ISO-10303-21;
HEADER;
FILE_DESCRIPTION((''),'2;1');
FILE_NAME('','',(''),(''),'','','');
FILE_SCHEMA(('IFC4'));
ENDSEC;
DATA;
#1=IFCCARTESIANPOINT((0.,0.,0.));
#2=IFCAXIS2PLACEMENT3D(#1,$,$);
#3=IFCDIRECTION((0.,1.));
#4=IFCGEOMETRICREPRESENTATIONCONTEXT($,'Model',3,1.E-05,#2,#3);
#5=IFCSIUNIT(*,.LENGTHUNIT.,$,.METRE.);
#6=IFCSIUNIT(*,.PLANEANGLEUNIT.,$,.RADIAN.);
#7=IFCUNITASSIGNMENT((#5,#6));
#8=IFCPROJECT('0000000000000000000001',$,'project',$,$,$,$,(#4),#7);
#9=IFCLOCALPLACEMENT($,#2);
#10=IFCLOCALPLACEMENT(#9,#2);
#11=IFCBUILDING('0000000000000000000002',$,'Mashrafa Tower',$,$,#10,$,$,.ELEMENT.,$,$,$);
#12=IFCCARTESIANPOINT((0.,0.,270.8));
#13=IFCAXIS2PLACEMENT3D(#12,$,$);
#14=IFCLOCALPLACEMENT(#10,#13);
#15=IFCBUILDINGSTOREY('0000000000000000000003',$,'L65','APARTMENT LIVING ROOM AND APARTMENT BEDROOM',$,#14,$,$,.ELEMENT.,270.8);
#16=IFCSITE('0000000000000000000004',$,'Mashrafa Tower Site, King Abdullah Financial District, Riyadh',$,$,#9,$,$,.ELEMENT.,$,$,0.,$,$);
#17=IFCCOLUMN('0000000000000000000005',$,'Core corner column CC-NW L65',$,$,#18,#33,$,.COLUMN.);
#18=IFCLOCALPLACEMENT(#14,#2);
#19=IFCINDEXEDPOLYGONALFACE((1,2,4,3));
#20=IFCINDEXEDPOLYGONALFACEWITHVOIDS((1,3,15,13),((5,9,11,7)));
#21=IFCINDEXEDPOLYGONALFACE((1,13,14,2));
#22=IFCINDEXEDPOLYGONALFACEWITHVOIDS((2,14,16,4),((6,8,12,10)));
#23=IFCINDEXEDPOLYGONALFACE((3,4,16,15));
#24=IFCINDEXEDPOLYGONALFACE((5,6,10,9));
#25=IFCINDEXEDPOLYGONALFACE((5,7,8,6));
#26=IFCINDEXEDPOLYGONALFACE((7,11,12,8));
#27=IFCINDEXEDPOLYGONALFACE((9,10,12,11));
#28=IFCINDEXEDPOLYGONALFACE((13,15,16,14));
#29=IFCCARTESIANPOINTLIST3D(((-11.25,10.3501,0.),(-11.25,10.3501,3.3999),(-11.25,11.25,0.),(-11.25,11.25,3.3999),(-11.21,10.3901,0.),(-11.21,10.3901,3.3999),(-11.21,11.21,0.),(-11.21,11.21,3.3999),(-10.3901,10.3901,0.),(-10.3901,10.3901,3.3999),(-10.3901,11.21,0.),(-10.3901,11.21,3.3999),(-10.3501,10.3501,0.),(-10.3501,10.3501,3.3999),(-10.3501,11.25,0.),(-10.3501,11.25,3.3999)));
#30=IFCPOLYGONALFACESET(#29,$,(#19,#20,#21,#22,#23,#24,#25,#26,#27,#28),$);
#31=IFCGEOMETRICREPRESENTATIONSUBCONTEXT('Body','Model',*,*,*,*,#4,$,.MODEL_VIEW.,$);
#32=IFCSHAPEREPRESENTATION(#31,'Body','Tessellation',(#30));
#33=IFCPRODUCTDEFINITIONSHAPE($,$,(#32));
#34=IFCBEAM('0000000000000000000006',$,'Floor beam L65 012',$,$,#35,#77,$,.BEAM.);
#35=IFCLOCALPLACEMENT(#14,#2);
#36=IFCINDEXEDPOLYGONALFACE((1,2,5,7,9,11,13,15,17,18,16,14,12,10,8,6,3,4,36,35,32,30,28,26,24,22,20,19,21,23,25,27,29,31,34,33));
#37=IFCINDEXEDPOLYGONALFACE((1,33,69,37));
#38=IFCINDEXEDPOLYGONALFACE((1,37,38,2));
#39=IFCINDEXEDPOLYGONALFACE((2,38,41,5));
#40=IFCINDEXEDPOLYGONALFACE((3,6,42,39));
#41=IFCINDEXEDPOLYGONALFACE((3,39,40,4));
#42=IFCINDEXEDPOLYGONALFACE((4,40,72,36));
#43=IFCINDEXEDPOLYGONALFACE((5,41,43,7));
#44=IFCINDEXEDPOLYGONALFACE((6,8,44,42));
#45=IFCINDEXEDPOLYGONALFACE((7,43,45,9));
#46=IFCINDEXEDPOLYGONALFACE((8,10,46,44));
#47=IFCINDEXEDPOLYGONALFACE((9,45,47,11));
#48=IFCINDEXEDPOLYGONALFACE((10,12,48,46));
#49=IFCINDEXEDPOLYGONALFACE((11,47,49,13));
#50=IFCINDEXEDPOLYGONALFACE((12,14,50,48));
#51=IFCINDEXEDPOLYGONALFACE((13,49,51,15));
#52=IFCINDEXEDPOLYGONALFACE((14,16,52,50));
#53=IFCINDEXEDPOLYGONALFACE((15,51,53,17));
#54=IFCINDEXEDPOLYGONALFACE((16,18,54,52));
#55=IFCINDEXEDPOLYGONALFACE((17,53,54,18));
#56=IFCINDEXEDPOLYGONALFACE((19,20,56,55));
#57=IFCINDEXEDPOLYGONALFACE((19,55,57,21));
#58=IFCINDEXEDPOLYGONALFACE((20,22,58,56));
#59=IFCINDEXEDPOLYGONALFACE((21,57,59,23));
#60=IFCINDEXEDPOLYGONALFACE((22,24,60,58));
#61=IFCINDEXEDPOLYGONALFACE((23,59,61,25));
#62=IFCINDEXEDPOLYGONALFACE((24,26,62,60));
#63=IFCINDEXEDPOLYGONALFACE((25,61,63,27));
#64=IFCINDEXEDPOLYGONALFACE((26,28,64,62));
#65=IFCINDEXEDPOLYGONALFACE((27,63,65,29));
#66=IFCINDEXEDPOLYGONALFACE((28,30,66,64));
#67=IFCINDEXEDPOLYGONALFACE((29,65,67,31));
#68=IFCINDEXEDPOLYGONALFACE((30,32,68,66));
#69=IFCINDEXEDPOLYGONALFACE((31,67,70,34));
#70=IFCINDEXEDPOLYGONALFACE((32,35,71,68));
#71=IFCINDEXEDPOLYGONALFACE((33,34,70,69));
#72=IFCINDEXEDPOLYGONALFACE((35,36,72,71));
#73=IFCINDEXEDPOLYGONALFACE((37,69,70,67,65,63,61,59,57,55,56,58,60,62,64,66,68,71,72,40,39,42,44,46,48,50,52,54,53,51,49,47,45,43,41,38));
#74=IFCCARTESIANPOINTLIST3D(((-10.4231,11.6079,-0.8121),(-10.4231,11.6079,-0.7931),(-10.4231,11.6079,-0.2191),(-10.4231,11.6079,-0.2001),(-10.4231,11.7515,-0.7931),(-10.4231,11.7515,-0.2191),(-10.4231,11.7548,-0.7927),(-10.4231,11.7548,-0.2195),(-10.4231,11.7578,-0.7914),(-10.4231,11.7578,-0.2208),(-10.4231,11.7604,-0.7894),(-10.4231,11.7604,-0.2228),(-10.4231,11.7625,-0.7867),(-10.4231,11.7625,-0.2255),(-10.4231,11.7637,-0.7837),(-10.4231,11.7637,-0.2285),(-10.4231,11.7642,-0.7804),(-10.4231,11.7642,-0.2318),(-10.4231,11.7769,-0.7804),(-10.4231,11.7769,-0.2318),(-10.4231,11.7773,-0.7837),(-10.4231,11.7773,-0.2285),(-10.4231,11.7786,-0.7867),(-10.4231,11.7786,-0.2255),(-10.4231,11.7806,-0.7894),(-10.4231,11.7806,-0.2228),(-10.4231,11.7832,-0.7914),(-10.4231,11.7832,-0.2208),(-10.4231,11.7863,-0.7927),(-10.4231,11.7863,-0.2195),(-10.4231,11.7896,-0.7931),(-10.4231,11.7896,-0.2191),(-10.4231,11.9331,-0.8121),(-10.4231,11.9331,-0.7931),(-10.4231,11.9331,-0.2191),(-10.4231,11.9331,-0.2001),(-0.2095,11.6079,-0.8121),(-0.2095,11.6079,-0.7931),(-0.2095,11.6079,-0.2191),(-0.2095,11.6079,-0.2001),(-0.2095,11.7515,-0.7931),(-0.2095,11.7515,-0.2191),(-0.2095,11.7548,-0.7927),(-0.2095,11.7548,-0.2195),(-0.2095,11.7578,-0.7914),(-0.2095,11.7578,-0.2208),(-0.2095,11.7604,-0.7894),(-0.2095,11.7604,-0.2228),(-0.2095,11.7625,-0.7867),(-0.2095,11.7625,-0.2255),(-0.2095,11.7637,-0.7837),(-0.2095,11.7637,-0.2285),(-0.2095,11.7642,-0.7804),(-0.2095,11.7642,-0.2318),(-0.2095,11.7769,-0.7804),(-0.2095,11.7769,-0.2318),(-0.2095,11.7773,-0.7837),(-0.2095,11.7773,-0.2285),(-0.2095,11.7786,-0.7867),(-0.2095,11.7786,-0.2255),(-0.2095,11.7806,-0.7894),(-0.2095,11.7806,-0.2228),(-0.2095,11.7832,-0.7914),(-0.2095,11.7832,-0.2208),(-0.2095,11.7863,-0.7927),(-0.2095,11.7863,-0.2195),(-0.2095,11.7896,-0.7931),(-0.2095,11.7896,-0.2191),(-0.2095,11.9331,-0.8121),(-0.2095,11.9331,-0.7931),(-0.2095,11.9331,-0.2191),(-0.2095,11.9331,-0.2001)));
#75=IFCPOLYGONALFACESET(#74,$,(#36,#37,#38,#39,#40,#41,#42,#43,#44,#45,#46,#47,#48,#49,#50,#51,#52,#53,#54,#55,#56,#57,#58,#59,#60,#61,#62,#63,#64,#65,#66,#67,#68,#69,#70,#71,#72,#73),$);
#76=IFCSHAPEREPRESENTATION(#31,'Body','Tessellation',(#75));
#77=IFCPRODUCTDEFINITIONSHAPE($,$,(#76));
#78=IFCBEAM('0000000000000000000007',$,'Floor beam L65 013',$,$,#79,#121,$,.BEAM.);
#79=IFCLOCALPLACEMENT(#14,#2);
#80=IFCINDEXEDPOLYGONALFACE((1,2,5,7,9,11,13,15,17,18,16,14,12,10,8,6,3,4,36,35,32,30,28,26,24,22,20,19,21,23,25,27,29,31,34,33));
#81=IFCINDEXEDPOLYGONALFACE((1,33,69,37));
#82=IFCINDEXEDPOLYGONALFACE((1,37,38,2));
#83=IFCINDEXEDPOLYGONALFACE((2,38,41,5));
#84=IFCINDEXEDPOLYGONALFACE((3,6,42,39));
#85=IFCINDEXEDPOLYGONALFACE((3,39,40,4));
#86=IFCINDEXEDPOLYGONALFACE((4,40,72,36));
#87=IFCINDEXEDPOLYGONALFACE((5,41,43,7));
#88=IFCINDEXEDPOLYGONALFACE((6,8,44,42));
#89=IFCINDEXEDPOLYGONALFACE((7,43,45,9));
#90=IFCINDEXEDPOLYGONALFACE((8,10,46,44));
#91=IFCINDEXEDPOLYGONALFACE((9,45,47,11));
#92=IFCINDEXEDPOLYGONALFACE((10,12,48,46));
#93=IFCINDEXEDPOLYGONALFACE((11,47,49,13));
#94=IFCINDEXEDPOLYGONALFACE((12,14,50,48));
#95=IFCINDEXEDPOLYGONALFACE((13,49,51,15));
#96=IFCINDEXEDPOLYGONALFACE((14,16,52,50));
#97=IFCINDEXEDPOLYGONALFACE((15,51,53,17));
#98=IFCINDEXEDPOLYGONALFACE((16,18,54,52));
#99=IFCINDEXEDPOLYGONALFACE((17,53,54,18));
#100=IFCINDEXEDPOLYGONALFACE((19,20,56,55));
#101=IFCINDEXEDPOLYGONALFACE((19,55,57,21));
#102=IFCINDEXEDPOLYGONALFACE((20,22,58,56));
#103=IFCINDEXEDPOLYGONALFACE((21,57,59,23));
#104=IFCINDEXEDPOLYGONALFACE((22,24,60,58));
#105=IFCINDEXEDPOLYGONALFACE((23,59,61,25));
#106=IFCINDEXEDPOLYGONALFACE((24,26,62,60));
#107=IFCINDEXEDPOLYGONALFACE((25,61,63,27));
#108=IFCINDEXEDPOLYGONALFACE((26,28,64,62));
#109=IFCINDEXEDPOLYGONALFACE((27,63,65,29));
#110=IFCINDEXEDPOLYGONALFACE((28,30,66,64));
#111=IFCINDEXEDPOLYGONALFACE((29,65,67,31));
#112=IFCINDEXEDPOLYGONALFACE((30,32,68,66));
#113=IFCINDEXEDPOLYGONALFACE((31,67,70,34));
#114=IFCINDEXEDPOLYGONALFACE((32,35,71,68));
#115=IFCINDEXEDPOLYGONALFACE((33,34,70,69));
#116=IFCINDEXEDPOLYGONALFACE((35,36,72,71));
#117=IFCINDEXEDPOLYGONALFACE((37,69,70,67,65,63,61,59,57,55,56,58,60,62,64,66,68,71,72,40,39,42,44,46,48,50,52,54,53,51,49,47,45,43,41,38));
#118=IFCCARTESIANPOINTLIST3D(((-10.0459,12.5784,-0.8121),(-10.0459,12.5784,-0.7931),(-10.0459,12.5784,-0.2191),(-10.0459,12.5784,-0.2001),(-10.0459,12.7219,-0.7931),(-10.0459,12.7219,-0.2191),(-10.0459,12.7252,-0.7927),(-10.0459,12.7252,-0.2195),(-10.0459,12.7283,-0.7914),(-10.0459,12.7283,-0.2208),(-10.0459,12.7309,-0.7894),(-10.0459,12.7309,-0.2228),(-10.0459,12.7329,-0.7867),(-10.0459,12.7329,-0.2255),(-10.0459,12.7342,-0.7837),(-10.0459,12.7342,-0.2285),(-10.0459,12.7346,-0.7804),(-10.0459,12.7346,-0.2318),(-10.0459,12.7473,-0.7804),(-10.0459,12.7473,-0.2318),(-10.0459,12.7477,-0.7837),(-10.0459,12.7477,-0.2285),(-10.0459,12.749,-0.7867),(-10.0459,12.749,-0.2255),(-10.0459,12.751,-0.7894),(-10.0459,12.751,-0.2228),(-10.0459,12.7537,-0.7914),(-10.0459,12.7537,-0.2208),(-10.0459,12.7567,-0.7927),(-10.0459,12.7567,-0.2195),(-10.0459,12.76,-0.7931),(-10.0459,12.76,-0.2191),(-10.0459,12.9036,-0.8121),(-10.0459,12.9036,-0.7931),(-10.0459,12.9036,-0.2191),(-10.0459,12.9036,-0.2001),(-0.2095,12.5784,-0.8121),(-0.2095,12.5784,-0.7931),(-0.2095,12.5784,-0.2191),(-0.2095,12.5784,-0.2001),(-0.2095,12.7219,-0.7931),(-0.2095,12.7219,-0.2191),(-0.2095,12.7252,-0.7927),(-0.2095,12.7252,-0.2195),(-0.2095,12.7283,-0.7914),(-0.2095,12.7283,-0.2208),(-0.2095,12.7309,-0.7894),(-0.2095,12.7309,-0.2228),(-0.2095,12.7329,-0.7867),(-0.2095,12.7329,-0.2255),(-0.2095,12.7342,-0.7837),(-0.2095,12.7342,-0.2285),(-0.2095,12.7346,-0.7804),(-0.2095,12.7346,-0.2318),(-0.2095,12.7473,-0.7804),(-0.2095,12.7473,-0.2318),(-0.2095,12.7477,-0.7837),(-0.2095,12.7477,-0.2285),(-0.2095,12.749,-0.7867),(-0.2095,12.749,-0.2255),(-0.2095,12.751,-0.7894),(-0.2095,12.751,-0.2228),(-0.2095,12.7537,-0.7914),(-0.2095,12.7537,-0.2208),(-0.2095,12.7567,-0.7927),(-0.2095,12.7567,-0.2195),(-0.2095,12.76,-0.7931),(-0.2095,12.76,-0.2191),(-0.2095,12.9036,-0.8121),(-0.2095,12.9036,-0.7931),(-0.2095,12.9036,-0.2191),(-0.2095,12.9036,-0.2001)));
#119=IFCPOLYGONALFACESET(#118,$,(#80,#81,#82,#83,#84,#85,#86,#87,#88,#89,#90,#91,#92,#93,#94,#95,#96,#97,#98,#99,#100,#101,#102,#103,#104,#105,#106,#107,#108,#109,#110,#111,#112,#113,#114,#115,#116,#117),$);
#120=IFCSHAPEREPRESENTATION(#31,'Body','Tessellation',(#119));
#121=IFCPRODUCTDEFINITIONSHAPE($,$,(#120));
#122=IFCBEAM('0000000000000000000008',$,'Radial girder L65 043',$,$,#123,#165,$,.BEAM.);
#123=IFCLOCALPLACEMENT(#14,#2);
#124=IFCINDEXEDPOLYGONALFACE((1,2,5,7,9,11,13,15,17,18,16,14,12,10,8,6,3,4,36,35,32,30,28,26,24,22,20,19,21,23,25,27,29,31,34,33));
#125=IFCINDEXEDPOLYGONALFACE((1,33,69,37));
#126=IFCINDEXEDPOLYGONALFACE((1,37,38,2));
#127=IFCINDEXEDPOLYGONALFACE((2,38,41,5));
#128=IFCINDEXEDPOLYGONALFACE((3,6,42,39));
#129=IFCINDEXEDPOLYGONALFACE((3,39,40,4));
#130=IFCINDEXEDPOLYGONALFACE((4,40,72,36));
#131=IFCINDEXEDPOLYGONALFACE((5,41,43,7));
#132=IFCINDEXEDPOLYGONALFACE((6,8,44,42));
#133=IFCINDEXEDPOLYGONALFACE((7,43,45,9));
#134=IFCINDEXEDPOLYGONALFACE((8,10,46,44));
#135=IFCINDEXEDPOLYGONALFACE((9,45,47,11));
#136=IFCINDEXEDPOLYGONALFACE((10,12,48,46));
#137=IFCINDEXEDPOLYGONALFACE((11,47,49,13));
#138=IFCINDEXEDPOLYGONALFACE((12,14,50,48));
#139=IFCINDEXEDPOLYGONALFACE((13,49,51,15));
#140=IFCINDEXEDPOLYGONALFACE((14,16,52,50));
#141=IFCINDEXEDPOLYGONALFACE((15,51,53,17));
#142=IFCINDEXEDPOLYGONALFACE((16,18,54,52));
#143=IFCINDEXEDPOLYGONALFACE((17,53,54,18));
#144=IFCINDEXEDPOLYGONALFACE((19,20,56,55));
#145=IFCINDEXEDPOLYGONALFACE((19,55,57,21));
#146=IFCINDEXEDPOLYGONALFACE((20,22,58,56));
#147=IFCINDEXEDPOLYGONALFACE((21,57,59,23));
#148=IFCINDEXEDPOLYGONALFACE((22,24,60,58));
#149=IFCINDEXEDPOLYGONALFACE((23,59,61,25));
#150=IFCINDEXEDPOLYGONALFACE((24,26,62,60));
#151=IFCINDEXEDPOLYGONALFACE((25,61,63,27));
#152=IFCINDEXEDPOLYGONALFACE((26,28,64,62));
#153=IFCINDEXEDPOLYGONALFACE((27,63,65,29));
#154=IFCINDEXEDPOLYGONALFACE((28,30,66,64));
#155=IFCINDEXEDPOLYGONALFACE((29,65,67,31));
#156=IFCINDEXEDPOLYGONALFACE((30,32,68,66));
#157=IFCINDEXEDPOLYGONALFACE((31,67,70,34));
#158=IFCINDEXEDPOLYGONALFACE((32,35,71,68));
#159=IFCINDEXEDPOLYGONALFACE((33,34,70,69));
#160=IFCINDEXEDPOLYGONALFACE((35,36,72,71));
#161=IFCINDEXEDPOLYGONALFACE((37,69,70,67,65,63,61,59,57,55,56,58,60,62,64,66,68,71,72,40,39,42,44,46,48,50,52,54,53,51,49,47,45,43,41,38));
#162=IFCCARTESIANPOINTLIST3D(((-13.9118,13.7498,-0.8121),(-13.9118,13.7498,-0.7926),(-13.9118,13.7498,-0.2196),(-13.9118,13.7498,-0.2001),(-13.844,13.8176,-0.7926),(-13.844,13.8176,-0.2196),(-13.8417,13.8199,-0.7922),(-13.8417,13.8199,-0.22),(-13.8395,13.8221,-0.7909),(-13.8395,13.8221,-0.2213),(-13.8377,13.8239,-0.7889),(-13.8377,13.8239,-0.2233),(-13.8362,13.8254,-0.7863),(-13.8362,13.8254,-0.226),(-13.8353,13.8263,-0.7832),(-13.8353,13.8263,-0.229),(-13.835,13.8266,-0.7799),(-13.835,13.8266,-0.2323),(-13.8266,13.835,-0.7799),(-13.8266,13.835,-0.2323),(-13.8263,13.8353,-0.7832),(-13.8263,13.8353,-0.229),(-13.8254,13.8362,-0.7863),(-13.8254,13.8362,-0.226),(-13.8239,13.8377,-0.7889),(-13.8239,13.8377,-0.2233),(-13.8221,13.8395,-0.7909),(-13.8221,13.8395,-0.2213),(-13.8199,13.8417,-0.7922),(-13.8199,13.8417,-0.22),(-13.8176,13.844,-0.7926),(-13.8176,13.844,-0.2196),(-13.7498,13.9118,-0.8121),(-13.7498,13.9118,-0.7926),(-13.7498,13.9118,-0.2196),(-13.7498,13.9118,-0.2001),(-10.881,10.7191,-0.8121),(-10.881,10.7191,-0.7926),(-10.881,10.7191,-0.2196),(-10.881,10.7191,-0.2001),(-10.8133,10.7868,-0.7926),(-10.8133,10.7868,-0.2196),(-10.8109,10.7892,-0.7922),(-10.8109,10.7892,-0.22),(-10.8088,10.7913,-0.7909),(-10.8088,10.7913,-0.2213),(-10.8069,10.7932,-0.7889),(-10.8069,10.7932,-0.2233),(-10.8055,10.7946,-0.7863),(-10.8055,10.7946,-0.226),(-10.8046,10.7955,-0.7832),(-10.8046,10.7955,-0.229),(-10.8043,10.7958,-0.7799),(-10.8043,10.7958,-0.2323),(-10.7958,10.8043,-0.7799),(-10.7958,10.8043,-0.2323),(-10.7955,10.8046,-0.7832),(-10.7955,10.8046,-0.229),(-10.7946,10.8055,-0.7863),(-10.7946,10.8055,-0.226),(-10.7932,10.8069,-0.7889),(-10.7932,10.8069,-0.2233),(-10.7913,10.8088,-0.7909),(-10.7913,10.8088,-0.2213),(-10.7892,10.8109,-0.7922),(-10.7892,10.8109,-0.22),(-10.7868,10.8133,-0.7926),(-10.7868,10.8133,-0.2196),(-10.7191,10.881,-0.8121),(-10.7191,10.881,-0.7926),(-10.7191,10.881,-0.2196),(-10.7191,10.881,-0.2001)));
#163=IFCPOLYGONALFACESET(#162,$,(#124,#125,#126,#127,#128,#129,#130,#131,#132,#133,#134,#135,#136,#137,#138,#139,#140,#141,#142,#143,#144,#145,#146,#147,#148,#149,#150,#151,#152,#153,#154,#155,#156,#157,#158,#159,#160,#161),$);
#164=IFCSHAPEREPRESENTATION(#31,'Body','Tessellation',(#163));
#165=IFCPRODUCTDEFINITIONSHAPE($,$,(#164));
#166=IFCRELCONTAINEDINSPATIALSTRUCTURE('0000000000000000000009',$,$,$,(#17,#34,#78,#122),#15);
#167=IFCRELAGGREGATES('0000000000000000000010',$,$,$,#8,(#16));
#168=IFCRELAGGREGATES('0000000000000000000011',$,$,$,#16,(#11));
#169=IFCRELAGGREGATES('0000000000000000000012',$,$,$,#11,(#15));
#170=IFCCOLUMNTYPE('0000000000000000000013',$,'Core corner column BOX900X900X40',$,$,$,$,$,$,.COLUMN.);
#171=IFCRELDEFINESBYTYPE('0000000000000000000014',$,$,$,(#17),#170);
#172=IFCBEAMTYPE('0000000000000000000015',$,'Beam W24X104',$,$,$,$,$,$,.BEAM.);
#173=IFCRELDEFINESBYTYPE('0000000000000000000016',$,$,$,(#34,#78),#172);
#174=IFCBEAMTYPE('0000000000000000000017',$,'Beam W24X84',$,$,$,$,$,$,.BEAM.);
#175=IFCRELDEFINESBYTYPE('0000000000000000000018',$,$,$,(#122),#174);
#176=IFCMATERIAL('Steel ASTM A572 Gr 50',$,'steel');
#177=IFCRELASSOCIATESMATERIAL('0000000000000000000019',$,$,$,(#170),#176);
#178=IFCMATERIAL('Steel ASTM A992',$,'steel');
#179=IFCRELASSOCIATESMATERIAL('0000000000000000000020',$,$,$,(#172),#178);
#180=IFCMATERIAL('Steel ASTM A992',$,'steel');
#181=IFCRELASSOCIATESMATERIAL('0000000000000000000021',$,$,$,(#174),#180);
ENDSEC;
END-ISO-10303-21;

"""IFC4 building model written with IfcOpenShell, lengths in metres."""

from ifc_helpers import new_model, si_unit, direction, frame, origin, origin_2d, place, context, subcontext, project, spatial, hollow_rectangle, i_section, extrude, material, material_profile, profile_set, type_object, element, save


model = new_model("IFC4")

# Units and contexts
model_context = context("Model", 3, precision=1e-05, world=origin(), true_north=direction((0.0, 1.0)))
body_context = subcontext(model_context, "Body", "Model", "MODEL_VIEW")
ifc_project = project(units=[si_unit("LENGTHUNIT", "METRE"), si_unit("PLANEANGLEUNIT", "RADIAN")], contexts=[model_context])

# Site, building, storey
site_placement = place(None, origin())
site = spatial("IfcSite", under=ifc_project, at=site_placement, Name="Mashrafa Tower Site, King Abdullah Financial District, Riyadh", CompositionType="ELEMENT", RefElevation=0.0)
building_placement = place(site_placement, origin())
building = spatial("IfcBuilding", under=site, at=building_placement, Name="Mashrafa Tower", CompositionType="ELEMENT")
storey_placement = place(building_placement, frame((0.0, 0.0, 270.8)))
storey = spatial("IfcBuildingStorey", under=building, at=storey_placement, Name="L65", Description="APARTMENT LIVING ROOM AND APARTMENT BEDROOM", CompositionType="ELEMENT", Elevation=270.8)

# Column
ifc_material_1 = material(Name="Steel ASTM A572 Gr 50", Category="steel")
ifc_material_profile_1 = material_profile(ifc_material_1, hollow_rectangle(XDim=0.8999, YDim=0.8999, WallThickness=0.04, at=origin_2d()), Name="BOX900X900X40")
ifc_profile_set_1 = profile_set([ifc_material_profile_1], Name="Steel ASTM A572 Gr 50")
column_type = type_object("IfcColumnType", Name="Core corner column BOX900X900X40", PredefinedType="COLUMN", material=ifc_profile_set_1)
column_placement = place(storey_placement, frame((-10.8, 10.8, 0.0), z_axis=(0.0, 0.0, 1.0), x_axis=(1.0, 0.0, 0.0)))
element("IfcColumn", 1, at=column_placement, inside=storey, type_object=column_type, Name="Core corner column CC-NW L65", PredefinedType="COLUMN", context=body_context, shape_type="SweptSolid", body=[
    extrude(hollow_rectangle(XDim=0.8999, YDim=0.8999, WallThickness=0.04, at=origin_2d()), origin(), (0.0, 0.0, 1.0), 3.3999),
])

# Beams
ifc_material_2 = material(Name="Steel ASTM A992", Category="steel")
ifc_material_profile_2 = material_profile(ifc_material_2, i_section(OverallWidth=0.3252, OverallDepth=0.6121, WebThickness=0.0127, FlangeThickness=0.019, FilletRadius=0.0127, at=origin_2d()), Name="W24X104")
ifc_profile_set_2 = profile_set([ifc_material_profile_2], Name="Steel ASTM A992")
beam_type_1 = type_object("IfcBeamType", Name="Beam W24X104", PredefinedType="BEAM", material=ifc_profile_set_2)
beam_1_placement = place(storey_placement, frame((-10.4231, 11.7705, -0.5061), z_axis=(1.0, 0.0, 0.0), x_axis=(0.0, 1.0, 0.0)))
element("IfcBeam", 2, at=beam_1_placement, inside=storey, type_object=beam_type_1, Name="Floor beam L65 012", PredefinedType="BEAM", context=body_context, shape_type="SweptSolid", body=[
    extrude(i_section(OverallWidth=0.3252, OverallDepth=0.6121, WebThickness=0.0127, FlangeThickness=0.019, FilletRadius=0.0127, at=origin_2d()), origin(), (0.0, 0.0, 1.0), 10.2136),
])
beam_2_placement = place(storey_placement, frame((-10.0459, 12.741, -0.5061), z_axis=(1.0, 0.0, 0.0), x_axis=(0.0, 1.0, 0.0)))
element("IfcBeam", 3, at=beam_2_placement, inside=storey, type_object=beam_type_1, Name="Floor beam L65 013", PredefinedType="BEAM", context=body_context, shape_type="SweptSolid", body=[
    extrude(i_section(OverallWidth=0.3252, OverallDepth=0.6121, WebThickness=0.0127, FlangeThickness=0.019, FilletRadius=0.0127, at=origin_2d()), origin(), (0.0, 0.0, 1.0), 9.8364),
])
ifc_material_3 = material(Name="Steel ASTM A992", Category="steel")
ifc_material_profile_3 = material_profile(ifc_material_3, i_section(OverallWidth=0.229, OverallDepth=0.6121, WebThickness=0.012, FlangeThickness=0.0195, FilletRadius=0.0127, at=origin_2d()), Name="W24X84")
ifc_profile_set_3 = profile_set([ifc_material_profile_3], Name="Steel ASTM A992")
beam_type_2 = type_object("IfcBeamType", Name="Beam W24X84", PredefinedType="BEAM", material=ifc_profile_set_3)
beam_3_placement = place(storey_placement, frame((-10.8, 10.8, -0.5061), z_axis=(-0.707107, 0.707107, 0.0), x_axis=(-0.707107, -0.707107, 0.0)))
element("IfcBeam", 4, at=beam_3_placement, inside=storey, type_object=beam_type_2, Name="Radial girder L65 043", PredefinedType="BEAM", context=body_context, shape_type="SweptSolid", body=[
    extrude(i_section(OverallWidth=0.229, OverallDepth=0.6121, WebThickness=0.012, FlangeThickness=0.0195, FilletRadius=0.0127, at=origin_2d()), origin(), (0.0, 0.0, 1.0), 4.2861),
])

save(model, "model.ifc")
